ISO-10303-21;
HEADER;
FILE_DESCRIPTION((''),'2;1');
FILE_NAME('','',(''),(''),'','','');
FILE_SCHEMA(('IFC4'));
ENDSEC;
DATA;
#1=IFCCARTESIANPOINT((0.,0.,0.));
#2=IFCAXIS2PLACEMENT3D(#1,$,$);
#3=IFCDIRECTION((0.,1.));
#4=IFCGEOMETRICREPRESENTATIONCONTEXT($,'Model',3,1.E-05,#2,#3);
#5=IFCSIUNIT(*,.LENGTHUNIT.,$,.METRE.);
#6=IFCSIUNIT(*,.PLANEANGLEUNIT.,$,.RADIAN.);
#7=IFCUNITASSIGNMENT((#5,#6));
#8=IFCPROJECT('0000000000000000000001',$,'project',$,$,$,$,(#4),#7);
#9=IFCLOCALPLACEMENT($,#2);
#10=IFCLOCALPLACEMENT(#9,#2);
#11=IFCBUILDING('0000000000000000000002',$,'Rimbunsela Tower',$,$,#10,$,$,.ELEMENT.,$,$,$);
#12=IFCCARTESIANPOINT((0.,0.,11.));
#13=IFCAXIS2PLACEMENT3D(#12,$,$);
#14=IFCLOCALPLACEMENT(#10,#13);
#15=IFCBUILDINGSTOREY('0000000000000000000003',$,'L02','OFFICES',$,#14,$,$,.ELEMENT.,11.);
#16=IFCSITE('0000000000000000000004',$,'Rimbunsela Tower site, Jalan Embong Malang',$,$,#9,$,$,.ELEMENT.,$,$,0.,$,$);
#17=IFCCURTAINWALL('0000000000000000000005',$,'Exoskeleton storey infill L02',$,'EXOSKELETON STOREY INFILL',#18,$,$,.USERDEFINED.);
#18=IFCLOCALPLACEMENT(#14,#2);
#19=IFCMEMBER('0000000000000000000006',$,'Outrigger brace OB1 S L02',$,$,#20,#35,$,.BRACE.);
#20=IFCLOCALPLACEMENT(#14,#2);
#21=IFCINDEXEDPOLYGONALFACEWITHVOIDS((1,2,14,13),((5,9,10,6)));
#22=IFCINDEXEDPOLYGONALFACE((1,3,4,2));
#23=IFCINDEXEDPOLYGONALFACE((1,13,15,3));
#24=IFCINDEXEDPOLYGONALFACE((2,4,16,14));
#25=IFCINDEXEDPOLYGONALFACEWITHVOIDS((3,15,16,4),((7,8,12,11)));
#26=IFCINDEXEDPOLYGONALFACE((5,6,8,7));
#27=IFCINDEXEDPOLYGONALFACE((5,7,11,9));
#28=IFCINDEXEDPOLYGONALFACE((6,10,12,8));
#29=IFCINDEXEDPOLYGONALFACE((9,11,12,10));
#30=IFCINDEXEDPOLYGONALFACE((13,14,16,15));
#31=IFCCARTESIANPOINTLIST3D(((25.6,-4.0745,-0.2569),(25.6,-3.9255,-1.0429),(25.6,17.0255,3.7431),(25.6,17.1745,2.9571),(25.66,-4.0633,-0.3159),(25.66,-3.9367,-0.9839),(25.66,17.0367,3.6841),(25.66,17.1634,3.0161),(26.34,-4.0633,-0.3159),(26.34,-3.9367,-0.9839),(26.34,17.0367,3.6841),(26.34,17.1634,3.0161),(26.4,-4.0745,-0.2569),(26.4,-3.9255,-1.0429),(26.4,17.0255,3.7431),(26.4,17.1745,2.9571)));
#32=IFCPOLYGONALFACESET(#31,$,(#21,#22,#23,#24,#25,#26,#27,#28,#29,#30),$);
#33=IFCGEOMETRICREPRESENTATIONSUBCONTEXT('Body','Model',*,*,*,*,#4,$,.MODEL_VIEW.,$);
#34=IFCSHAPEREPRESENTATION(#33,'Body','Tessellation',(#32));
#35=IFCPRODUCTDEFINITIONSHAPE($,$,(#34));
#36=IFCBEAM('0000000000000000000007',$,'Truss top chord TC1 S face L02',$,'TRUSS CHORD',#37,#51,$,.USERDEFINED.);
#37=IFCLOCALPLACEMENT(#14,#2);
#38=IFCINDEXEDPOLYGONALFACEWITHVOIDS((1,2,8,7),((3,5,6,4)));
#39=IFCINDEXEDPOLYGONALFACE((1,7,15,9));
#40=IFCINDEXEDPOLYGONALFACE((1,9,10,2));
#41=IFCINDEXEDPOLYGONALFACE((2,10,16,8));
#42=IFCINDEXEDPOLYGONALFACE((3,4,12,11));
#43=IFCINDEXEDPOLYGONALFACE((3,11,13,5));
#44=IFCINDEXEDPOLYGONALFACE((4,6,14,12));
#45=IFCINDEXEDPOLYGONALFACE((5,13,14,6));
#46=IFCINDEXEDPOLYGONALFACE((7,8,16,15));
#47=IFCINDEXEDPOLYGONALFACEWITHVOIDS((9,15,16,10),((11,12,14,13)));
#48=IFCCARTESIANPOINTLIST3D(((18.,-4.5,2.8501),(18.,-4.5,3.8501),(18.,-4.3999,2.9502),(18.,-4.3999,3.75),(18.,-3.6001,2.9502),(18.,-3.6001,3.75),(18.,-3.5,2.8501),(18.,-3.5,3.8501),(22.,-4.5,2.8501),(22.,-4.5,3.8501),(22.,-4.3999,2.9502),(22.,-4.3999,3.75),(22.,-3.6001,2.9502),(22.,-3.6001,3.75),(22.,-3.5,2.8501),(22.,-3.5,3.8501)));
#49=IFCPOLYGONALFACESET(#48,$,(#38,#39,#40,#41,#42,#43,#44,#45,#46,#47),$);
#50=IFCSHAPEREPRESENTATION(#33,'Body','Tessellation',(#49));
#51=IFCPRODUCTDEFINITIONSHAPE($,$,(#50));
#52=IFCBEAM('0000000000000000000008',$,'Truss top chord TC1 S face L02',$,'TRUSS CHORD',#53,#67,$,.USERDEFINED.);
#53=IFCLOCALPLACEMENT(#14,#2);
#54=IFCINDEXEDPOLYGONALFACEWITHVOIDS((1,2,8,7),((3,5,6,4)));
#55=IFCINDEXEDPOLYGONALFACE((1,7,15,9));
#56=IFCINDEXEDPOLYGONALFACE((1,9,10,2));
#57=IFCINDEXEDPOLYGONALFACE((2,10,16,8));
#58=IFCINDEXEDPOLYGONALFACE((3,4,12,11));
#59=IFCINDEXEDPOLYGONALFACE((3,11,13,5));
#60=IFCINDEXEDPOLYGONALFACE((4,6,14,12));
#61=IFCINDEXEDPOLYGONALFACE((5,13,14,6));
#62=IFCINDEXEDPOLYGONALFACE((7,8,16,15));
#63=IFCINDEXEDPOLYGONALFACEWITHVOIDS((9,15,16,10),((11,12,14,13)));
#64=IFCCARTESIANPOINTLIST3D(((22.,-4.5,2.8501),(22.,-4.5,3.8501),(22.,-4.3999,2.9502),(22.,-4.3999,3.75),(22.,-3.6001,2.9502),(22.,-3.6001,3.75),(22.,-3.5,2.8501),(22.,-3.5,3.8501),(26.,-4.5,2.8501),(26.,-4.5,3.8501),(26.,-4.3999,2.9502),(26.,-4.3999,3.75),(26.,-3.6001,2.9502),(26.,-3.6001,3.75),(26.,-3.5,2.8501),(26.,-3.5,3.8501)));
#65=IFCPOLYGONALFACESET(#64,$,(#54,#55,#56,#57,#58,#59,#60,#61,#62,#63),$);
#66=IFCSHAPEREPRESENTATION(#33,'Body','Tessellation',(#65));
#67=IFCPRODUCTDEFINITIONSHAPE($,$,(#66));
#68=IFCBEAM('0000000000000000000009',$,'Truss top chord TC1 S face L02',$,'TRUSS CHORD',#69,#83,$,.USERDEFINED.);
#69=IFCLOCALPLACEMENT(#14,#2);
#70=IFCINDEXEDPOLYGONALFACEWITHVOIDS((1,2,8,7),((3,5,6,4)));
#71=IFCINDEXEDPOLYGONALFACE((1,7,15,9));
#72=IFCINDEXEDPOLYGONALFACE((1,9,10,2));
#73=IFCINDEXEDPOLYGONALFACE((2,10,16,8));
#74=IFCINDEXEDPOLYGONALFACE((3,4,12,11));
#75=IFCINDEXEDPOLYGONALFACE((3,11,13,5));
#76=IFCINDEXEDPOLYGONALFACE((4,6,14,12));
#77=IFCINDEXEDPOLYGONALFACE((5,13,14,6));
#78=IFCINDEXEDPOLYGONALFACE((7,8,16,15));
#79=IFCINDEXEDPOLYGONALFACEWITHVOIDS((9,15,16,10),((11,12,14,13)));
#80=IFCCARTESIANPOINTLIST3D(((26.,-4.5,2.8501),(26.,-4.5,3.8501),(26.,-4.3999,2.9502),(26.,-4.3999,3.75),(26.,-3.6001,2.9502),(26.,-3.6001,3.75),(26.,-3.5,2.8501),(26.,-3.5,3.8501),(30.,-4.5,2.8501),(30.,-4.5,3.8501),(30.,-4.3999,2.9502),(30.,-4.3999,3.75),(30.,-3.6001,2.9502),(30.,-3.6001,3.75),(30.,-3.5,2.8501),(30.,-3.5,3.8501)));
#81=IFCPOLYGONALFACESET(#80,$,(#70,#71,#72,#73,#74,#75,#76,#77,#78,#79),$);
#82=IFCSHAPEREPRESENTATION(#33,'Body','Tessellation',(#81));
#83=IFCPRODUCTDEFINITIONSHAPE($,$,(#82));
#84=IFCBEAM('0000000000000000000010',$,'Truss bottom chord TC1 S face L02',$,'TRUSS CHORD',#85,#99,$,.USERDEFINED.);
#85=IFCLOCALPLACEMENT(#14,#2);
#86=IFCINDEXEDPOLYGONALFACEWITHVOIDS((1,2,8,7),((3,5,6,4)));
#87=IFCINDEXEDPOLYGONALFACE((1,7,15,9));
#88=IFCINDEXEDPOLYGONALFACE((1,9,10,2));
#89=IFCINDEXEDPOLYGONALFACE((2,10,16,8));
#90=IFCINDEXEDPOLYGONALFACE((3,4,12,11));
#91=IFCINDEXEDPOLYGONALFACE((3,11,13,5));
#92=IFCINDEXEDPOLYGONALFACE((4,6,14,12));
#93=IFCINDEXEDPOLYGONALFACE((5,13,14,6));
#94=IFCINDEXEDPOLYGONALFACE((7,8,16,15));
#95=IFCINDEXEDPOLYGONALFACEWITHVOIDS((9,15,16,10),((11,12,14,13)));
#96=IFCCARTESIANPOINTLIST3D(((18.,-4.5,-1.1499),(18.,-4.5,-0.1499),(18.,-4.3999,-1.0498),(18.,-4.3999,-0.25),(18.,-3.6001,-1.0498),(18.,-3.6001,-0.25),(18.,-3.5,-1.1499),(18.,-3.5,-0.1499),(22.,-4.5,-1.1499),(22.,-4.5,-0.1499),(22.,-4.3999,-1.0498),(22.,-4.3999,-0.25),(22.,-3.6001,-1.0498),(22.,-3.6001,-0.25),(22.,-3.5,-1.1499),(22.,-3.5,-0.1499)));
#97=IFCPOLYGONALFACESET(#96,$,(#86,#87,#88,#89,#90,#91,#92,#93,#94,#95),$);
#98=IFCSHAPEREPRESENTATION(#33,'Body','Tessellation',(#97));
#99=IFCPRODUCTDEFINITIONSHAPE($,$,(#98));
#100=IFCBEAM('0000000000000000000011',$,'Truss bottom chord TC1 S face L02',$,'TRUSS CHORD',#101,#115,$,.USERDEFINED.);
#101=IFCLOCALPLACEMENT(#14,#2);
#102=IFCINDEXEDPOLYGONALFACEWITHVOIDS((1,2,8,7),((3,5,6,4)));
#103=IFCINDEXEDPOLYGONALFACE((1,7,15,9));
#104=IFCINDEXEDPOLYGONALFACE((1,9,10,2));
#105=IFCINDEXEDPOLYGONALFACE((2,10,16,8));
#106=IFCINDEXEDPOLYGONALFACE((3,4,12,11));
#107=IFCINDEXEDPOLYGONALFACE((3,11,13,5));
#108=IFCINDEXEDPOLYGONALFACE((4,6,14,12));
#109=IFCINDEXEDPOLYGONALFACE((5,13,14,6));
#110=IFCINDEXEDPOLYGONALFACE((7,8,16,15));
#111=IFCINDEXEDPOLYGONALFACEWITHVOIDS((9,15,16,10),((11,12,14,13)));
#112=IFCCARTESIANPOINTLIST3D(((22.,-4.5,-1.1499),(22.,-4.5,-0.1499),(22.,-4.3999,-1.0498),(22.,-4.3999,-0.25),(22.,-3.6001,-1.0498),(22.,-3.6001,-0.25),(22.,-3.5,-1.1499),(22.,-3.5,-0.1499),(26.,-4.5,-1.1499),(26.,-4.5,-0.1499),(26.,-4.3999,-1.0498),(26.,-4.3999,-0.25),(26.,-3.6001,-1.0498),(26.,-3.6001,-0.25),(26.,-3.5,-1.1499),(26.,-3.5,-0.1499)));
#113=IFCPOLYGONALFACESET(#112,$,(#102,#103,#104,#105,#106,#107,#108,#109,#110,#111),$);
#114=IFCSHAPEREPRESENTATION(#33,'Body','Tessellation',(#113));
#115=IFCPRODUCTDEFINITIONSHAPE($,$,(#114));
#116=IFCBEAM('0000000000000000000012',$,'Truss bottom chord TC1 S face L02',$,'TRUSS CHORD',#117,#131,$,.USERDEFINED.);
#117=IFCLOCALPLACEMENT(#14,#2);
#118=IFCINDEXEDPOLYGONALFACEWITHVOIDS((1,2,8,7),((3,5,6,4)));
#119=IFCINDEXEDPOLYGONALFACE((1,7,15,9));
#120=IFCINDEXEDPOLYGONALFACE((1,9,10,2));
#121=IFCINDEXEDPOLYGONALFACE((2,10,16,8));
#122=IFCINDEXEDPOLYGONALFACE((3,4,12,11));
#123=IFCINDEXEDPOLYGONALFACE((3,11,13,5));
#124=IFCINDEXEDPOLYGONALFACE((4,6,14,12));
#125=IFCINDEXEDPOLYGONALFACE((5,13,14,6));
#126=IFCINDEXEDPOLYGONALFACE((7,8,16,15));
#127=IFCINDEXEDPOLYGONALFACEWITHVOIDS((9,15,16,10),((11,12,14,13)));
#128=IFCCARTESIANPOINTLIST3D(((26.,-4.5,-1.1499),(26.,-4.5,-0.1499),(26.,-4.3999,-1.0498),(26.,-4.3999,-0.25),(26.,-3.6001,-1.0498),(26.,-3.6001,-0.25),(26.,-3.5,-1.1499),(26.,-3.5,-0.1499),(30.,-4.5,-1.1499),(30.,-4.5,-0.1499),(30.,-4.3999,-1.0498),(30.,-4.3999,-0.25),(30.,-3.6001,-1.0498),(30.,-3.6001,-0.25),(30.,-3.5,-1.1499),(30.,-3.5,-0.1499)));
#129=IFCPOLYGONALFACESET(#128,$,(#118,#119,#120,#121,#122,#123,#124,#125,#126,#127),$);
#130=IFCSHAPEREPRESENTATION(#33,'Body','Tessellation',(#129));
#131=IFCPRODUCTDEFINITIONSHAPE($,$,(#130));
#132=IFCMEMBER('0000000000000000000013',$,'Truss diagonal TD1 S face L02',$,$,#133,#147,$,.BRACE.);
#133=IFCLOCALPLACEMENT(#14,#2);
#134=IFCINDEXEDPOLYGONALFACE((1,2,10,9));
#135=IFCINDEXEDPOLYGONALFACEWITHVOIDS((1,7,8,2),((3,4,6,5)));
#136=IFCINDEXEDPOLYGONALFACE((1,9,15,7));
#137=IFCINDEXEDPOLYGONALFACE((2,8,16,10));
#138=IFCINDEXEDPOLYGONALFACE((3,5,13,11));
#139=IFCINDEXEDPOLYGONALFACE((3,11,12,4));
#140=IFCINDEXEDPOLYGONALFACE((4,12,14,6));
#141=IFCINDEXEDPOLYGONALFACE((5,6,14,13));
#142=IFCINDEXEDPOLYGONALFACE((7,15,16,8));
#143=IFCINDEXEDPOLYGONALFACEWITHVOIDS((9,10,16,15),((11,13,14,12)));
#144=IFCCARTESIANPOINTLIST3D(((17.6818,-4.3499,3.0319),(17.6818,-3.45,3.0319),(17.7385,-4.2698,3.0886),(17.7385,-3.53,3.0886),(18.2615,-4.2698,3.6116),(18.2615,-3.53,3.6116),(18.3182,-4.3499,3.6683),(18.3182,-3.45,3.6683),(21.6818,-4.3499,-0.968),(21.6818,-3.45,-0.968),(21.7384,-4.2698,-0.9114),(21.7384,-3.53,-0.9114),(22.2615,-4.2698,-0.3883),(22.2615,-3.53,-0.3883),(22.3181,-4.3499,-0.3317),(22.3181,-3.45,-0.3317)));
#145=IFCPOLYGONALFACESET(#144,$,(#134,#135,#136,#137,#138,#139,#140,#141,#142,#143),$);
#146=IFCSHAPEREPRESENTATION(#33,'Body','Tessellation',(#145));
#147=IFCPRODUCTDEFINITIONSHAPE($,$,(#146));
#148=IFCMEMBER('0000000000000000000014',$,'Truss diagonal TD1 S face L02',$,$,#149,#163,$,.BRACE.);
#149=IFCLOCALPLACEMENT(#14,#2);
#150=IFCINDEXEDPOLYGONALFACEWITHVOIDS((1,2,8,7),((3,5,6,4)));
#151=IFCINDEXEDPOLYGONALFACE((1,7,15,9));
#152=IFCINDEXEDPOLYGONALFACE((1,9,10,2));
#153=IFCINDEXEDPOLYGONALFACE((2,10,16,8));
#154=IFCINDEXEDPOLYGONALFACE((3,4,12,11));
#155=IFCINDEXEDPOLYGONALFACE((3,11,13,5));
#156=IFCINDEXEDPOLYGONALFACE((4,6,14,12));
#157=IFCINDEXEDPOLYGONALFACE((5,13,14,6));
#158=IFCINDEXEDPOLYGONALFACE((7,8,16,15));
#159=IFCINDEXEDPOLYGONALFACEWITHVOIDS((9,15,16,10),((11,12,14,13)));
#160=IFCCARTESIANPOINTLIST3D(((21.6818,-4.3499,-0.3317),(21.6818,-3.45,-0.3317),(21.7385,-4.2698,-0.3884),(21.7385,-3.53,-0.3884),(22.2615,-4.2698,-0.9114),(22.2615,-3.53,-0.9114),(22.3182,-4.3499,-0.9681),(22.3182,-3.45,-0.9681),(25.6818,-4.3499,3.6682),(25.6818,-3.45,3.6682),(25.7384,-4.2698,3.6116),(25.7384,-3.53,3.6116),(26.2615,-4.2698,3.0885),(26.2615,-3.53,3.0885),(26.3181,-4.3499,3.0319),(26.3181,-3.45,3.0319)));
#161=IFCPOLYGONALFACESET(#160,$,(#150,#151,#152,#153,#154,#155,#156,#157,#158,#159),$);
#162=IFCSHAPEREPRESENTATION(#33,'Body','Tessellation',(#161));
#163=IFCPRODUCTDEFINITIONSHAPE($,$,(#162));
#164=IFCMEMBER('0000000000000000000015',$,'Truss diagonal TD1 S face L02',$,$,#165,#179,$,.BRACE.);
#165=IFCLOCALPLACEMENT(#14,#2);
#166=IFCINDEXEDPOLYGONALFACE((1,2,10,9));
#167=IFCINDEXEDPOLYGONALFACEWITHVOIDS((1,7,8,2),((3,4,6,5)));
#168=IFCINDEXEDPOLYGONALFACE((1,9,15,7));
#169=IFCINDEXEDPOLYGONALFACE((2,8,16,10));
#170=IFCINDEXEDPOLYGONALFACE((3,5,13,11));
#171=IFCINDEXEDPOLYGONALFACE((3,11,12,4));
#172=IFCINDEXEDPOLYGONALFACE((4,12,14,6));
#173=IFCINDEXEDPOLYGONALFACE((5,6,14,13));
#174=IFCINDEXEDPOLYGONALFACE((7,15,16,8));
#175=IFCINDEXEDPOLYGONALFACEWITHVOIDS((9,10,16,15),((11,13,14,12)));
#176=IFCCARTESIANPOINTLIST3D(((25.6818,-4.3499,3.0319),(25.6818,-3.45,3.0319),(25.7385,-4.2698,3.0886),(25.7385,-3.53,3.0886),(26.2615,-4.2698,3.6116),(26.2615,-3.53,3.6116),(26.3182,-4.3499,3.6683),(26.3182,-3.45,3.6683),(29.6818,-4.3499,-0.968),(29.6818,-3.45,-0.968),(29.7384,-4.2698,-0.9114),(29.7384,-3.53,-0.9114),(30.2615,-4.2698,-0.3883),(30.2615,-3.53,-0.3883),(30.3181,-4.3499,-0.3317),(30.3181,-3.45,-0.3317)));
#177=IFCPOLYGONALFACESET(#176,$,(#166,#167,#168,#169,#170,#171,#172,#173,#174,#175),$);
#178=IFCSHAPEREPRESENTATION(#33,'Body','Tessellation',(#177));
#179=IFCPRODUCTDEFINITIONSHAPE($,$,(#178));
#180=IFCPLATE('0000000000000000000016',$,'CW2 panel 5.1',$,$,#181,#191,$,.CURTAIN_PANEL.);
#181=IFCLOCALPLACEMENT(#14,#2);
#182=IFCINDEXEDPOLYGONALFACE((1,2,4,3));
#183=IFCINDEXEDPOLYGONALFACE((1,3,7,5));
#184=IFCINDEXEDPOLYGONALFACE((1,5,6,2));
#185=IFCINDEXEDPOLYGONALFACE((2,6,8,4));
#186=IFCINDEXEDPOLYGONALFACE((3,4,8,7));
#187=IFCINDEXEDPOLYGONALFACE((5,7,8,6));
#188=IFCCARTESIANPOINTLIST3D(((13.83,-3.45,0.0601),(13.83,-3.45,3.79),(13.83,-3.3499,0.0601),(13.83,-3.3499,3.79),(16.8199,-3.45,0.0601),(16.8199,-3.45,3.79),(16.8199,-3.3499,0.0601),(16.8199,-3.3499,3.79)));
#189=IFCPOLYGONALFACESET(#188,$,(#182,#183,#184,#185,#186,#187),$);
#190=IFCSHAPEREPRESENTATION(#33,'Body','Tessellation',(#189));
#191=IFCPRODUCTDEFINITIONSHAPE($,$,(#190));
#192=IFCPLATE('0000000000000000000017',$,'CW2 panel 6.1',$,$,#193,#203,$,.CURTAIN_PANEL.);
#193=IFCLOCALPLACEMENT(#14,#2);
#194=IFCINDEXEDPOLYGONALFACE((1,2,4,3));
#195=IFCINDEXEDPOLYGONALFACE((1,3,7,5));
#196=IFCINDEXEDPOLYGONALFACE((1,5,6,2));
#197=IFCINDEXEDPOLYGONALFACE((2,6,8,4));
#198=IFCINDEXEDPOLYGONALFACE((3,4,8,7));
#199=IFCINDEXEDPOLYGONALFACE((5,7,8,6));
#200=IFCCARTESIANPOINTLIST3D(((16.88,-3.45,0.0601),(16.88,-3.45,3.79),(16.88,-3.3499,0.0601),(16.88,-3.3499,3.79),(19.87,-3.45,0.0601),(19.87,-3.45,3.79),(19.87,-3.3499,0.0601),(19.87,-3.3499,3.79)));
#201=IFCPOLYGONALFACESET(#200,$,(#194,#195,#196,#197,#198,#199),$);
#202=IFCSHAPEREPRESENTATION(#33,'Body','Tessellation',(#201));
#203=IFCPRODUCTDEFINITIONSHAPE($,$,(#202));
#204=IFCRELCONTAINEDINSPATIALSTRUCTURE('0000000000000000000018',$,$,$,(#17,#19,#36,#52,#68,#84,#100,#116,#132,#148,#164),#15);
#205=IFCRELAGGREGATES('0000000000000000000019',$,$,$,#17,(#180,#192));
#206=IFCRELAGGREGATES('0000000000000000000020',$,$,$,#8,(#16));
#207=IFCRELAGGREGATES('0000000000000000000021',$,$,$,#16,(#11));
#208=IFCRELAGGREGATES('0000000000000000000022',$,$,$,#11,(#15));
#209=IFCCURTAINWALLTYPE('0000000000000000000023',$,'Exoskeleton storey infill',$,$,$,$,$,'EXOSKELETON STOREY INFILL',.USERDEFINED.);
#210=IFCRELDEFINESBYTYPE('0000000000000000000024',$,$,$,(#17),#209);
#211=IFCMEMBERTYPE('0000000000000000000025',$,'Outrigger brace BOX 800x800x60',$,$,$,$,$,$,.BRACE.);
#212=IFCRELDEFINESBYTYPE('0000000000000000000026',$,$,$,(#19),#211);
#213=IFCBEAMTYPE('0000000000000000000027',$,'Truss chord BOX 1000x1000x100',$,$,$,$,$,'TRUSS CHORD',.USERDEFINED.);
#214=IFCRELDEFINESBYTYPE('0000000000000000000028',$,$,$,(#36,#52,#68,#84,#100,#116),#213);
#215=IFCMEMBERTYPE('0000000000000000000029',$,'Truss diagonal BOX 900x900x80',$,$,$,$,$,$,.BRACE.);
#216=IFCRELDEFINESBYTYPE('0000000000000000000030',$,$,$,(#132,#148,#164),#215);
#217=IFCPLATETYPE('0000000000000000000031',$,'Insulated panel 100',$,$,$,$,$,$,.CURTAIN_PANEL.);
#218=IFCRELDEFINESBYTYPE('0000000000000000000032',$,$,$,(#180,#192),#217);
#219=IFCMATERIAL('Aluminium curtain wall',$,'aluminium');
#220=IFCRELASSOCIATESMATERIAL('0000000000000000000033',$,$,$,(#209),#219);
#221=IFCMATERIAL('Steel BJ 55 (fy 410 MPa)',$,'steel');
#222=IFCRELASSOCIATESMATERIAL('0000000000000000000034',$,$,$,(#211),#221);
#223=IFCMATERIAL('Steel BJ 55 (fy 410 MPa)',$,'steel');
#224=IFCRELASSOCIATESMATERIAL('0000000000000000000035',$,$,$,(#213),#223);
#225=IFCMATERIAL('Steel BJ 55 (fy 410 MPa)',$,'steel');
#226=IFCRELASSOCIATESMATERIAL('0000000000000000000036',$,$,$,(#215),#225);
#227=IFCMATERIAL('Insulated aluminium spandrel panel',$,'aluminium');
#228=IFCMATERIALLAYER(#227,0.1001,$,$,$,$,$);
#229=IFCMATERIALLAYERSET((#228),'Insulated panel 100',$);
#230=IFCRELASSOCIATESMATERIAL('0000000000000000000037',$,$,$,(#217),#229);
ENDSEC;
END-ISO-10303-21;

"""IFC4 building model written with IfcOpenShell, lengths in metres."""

from ifc_helpers import new_model, si_unit, direction, frame, origin, origin_2d, place, context, subcontext, project, spatial, rectangle, hollow_rectangle, extrude, material, layer, layer_set, material_profile, profile_set, type_object, element, aggregate, save


model = new_model("IFC4")

# Units and contexts
model_context = context("Model", 3, precision=1e-05, world=origin(), true_north=direction((0.0, 1.0)))
body_context = subcontext(model_context, "Body", "Model", "MODEL_VIEW")
ifc_project = project(units=[si_unit("LENGTHUNIT", "METRE"), si_unit("PLANEANGLEUNIT", "RADIAN")], contexts=[model_context])

# Site, building, storey
site_placement = place(None, origin())
site = spatial("IfcSite", under=ifc_project, at=site_placement, Name="Rimbunsela Tower site, Jalan Embong Malang", CompositionType="ELEMENT", RefElevation=0.0)
building_placement = place(site_placement, origin())
building = spatial("IfcBuilding", under=site, at=building_placement, Name="Rimbunsela Tower", CompositionType="ELEMENT")
storey_placement = place(building_placement, frame((0.0, 0.0, 11.0)))
storey = spatial("IfcBuildingStorey", under=building, at=storey_placement, Name="L02", Description="OFFICES", CompositionType="ELEMENT", Elevation=11.0)

# Curtain wall
ifc_material_1 = material(Name="Aluminium curtain wall", Category="aluminium")
curtain_wall_type = type_object("IfcCurtainWallType", Name="Exoskeleton storey infill", ElementType="EXOSKELETON STOREY INFILL", PredefinedType="USERDEFINED", material=ifc_material_1)
curtain_wall_placement = place(storey_placement, origin())
curtain_wall = element("IfcCurtainWall", 1, at=curtain_wall_placement, inside=storey, type_object=curtain_wall_type, Name="Exoskeleton storey infill L02", ObjectType="EXOSKELETON STOREY INFILL", PredefinedType="USERDEFINED")

# Member
ifc_material_2 = material(Name="Steel BJ 55 (fy 410 MPa)", Category="steel")
ifc_material_profile_1 = material_profile(ifc_material_2, hollow_rectangle(XDim=0.8, YDim=0.8, WallThickness=0.0601, at=origin_2d()), Name="BOX 800x800x60")
ifc_profile_set_1 = profile_set([ifc_material_profile_1], Name="Steel BJ 55 (fy 410 MPa)")
member_type_1 = type_object("IfcMemberType", Name="Outrigger brace BOX 800x800x60", PredefinedType="BRACE", material=ifc_profile_set_1)
member_1_placement = place(storey_placement, frame((26.0, -4.0, -0.6499), z_axis=(0.0, 0.982501, 0.186255), x_axis=(-1.0, 0.0, 0.0)))
element("IfcMember", 2, at=member_1_placement, inside=storey, type_object=member_type_1, Name="Outrigger brace OB1 S L02", PredefinedType="BRACE", context=body_context, shape_type="SweptSolid", body=[
    extrude(hollow_rectangle(XDim=0.8, YDim=0.8, WallThickness=0.0601, at=origin_2d()), origin(), (0.0, 0.0, 1.0), 21.4758),
])

# Beams
ifc_material_3 = material(Name="Steel BJ 55 (fy 410 MPa)", Category="steel")
ifc_material_profile_2 = material_profile(ifc_material_3, hollow_rectangle(XDim=1.0, YDim=1.0, WallThickness=0.1001, at=origin_2d()), Name="BOX 1000x1000x100")
ifc_profile_set_2 = profile_set([ifc_material_profile_2], Name="Steel BJ 55 (fy 410 MPa)")
beam_type_1 = type_object("IfcBeamType", Name="Truss chord BOX 1000x1000x100", ElementType="TRUSS CHORD", PredefinedType="USERDEFINED", material=ifc_profile_set_2)
for number, where, z_axis, x_axis, name in (
    (3, (18.0, -4.0, 3.3501), (1.0, 0.0, 0.0), (0.0, 1.0, 0.0), "Truss top chord TC1 S face L02"),
    (4, (22.0, -4.0, 3.3501), (1.0, 0.0, 0.0), (0.0, 1.0, 0.0), "Truss top chord TC1 S face L02"),
    (5, (26.0, -4.0, 3.3501), (1.0, 0.0, 0.0), (0.0, 1.0, 0.0), "Truss top chord TC1 S face L02"),
    (6, (18.0, -4.0, -0.6499), (1.0, 0.0, 0.0), (0.0, 1.0, 0.0), "Truss bottom chord TC1 S face L02"),
    (7, (22.0, -4.0, -0.6499), (1.0, 0.0, 0.0), (0.0, 1.0, 0.0), "Truss bottom chord TC1 S face L02"),
    (8, (26.0, -4.0, -0.6499), (1.0, 0.0, 0.0), (0.0, 1.0, 0.0), "Truss bottom chord TC1 S face L02"),
):
    element("IfcBeam", number, at=place(storey_placement, frame(where, z_axis=z_axis, x_axis=x_axis)), inside=storey, type_object=beam_type_1, Name=name, ObjectType="TRUSS CHORD", PredefinedType="USERDEFINED", context=body_context, shape_type="SweptSolid", body=[
        extrude(hollow_rectangle(XDim=1.0, YDim=1.0, WallThickness=0.1001, at=origin_2d()), origin(), (0.0, 0.0, 1.0), 4.0),
    ])

# Members
ifc_material_4 = material(Name="Steel BJ 55 (fy 410 MPa)", Category="steel")
ifc_material_profile_3 = material_profile(ifc_material_4, hollow_rectangle(XDim=0.8999, YDim=0.8999, WallThickness=0.0801, at=origin_2d()), Name="BOX 900x900x80")
ifc_profile_set_3 = profile_set([ifc_material_profile_3], Name="Steel BJ 55 (fy 410 MPa)")
member_type_2 = type_object("IfcMemberType", Name="Truss diagonal BOX 900x900x80", PredefinedType="BRACE", material=ifc_profile_set_3)
for number, where, z_axis, x_axis, name in (
    (9, (18.0, -3.8999, 3.3501), (0.707107, 0.0, -0.707107), (0.0, 1.0, 0.0), "Truss diagonal TD1 S face L02"),
    (10, (22.0, -3.8999, -0.6499), (0.707107, 0.0, 0.707107), (0.0, 1.0, 0.0), "Truss diagonal TD1 S face L02"),
    (11, (26.0, -3.8999, 3.3501), (0.707107, 0.0, -0.707107), (0.0, 1.0, 0.0), "Truss diagonal TD1 S face L02"),
):
    element("IfcMember", number, at=place(storey_placement, frame(where, z_axis=z_axis, x_axis=x_axis)), inside=storey, type_object=member_type_2, Name=name, PredefinedType="BRACE", context=body_context, shape_type="SweptSolid", body=[
        extrude(hollow_rectangle(XDim=0.8999, YDim=0.8999, WallThickness=0.0801, at=origin_2d()), origin(), (0.0, 0.0, 1.0), 5.6567),
    ])

# Plates
ifc_material_5 = material(Name="Insulated aluminium spandrel panel", Category="aluminium")
ifc_layer = layer(ifc_material_5, 0.1001)
ifc_layer_set = layer_set([ifc_layer], Name="Insulated panel 100")
plate_type = type_object("IfcPlateType", Name="Insulated panel 100", PredefinedType="CURTAIN_PANEL", material=ifc_layer_set)
plate_1_placement = place(storey_placement, frame((15.325, -3.3999, 0.0601), z_axis=(0.0, 0.0, 1.0), x_axis=(1.0, 0.0, 0.0)))
plate_1 = element("IfcPlate", 12, at=plate_1_placement, type_object=plate_type, Name="CW2 panel 5.1", PredefinedType="CURTAIN_PANEL", context=body_context, shape_type="SweptSolid", body=[
    extrude(rectangle(XDim=2.99, YDim=0.1001, at=origin_2d()), origin(), (0.0, 0.0, 1.0), 3.73),
])
plate_2_placement = place(storey_placement, frame((18.375, -3.3999, 0.0601), z_axis=(0.0, 0.0, 1.0), x_axis=(1.0, 0.0, 0.0)))
plate_2 = element("IfcPlate", 13, at=plate_2_placement, type_object=plate_type, Name="CW2 panel 6.1", PredefinedType="CURTAIN_PANEL", context=body_context, shape_type="SweptSolid", body=[
    extrude(rectangle(XDim=2.99, YDim=0.1001, at=origin_2d()), origin(), (0.0, 0.0, 1.0), 3.73),
])
aggregate(curtain_wall, [plate_1, plate_2])

save(model, "model.ifc")
